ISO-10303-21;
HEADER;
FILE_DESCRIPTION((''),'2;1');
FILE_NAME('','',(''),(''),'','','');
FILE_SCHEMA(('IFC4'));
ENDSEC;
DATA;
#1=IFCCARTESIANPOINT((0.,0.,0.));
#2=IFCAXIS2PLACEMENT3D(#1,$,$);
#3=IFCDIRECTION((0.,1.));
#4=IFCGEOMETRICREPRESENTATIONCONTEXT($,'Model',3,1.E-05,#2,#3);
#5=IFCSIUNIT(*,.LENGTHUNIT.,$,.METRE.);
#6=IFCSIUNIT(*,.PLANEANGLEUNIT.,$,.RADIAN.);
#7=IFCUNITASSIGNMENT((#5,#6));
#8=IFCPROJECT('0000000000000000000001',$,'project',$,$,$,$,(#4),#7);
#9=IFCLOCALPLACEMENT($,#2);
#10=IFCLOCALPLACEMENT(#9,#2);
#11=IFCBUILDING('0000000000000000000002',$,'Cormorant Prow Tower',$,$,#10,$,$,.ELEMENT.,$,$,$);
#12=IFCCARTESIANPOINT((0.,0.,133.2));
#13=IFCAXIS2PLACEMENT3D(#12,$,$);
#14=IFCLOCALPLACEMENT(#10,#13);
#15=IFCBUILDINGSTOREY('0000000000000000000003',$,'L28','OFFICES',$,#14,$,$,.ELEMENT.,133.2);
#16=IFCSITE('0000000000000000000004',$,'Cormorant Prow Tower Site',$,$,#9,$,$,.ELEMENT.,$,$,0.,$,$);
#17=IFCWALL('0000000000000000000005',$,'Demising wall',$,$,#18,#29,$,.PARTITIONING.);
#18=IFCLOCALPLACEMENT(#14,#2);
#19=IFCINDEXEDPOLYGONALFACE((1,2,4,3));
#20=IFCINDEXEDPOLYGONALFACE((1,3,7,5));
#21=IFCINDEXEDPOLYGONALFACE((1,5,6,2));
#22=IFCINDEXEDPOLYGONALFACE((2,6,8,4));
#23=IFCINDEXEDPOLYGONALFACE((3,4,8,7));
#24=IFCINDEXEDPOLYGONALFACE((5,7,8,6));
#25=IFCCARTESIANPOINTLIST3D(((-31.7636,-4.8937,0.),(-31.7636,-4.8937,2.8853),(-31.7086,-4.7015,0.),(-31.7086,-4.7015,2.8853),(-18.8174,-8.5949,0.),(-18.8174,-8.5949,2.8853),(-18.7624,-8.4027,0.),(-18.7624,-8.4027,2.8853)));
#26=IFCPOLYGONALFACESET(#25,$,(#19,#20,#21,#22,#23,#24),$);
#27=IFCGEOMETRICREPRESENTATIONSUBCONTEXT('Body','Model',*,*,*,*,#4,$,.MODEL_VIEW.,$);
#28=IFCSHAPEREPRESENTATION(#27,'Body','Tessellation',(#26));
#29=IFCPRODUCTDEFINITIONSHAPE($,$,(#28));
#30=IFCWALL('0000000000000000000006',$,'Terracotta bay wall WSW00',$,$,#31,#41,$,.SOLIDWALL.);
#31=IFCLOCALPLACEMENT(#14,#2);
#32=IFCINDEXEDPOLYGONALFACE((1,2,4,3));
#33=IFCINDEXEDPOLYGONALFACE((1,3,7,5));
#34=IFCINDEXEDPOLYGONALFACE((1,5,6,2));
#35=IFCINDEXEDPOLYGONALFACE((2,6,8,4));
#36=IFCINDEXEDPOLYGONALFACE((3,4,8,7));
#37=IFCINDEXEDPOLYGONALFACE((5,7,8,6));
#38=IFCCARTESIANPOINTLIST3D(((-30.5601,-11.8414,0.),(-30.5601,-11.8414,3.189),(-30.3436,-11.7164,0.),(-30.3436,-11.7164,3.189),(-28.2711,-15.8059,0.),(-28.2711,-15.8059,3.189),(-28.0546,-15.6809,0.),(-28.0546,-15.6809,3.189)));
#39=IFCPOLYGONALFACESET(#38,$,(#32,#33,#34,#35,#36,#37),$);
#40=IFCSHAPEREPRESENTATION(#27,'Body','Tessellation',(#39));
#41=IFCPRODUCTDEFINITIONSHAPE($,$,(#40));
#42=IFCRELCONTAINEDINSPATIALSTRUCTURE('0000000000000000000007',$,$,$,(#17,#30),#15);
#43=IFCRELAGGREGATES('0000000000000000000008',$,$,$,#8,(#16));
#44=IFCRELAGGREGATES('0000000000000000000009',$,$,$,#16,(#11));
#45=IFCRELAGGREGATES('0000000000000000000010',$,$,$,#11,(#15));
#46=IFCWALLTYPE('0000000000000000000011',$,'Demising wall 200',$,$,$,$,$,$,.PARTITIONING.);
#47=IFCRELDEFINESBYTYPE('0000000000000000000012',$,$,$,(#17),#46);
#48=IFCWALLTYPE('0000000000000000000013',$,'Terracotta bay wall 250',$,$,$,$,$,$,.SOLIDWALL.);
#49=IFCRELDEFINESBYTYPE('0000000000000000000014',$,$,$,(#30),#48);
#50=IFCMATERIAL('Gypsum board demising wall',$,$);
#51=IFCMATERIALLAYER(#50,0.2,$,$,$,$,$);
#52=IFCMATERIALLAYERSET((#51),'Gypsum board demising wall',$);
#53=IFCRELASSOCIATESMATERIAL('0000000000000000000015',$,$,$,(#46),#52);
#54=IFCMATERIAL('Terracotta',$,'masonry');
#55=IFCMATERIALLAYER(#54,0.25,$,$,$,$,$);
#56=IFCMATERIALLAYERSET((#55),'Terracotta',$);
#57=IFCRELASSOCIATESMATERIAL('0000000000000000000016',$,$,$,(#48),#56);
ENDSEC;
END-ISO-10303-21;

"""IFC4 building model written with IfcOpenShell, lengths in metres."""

from ifc_helpers import new_model, si_unit, direction, frame, frame_2d, origin, place, context, subcontext, project, spatial, rectangle, extrude, material, layer, layer_set, type_object, element, save


model = new_model("IFC4")

# Units and contexts
model_context = context("Model", 3, precision=1e-05, world=origin(), true_north=direction((0.0, 1.0)))
body_context = subcontext(model_context, "Body", "Model", "MODEL_VIEW")
ifc_project = project(units=[si_unit("LENGTHUNIT", "METRE"), si_unit("PLANEANGLEUNIT", "RADIAN")], contexts=[model_context])

# Site, building, storey
site_placement = place(None, origin())
site = spatial("IfcSite", under=ifc_project, at=site_placement, Name="Cormorant Prow Tower Site", CompositionType="ELEMENT", RefElevation=0.0)
building_placement = place(site_placement, origin())
building = spatial("IfcBuilding", under=site, at=building_placement, Name="Cormorant Prow Tower", CompositionType="ELEMENT")
storey_placement = place(building_placement, frame((0.0, 0.0, 133.2)))
storey = spatial("IfcBuildingStorey", under=building, at=storey_placement, Name="L28", Description="OFFICES", CompositionType="ELEMENT", Elevation=133.2)

# Walls
ifc_material_1 = material(Name="Gypsum board demising wall")
ifc_layer_1 = layer(ifc_material_1, 0.2)
ifc_layer_set_1 = layer_set([ifc_layer_1], Name="Gypsum board demising wall")
wall_type_1 = type_object("IfcWallType", Name="Demising wall 200", PredefinedType="PARTITIONING", material=ifc_layer_set_1)
wall_1_placement = place(storey_placement, frame((-31.7361, -4.7976, 0.0), z_axis=(0.0, 0.0, 1.0), x_axis=(0.961479, -0.274879, 0.0)))
element("IfcWall", 1, at=wall_1_placement, inside=storey, type_object=wall_type_1, Name="Demising wall", PredefinedType="PARTITIONING", context=body_context, shape_type="SweptSolid", body=[
    extrude(rectangle(XDim=13.4648, YDim=0.2, at=frame_2d((6.7324, 0.0))), origin(), (0.0, 0.0, 1.0), 2.8853),
])
ifc_material_2 = material(Name="Terracotta", Category="masonry")
ifc_layer_2 = layer(ifc_material_2, 0.25)
ifc_layer_set_2 = layer_set([ifc_layer_2], Name="Terracotta")
wall_type_2 = type_object("IfcWallType", Name="Terracotta bay wall 250", PredefinedType="SOLIDWALL", material=ifc_layer_set_2)
wall_2_placement = place(storey_placement, frame((-30.4519, -11.7788, 0.0), z_axis=(0.0, 0.0, 1.0), x_axis=(0.500016, -0.866016, 0.0)))
element("IfcWall", 2, at=wall_2_placement, inside=storey, type_object=wall_type_2, Name="Terracotta bay wall WSW00", PredefinedType="SOLIDWALL", context=body_context, shape_type="SweptSolid", body=[
    extrude(rectangle(XDim=4.5779, YDim=0.25, at=frame_2d((2.2891, 0.0))), origin(), (0.0, 0.0, 1.0), 3.189),
])

save(model, "model.ifc")
